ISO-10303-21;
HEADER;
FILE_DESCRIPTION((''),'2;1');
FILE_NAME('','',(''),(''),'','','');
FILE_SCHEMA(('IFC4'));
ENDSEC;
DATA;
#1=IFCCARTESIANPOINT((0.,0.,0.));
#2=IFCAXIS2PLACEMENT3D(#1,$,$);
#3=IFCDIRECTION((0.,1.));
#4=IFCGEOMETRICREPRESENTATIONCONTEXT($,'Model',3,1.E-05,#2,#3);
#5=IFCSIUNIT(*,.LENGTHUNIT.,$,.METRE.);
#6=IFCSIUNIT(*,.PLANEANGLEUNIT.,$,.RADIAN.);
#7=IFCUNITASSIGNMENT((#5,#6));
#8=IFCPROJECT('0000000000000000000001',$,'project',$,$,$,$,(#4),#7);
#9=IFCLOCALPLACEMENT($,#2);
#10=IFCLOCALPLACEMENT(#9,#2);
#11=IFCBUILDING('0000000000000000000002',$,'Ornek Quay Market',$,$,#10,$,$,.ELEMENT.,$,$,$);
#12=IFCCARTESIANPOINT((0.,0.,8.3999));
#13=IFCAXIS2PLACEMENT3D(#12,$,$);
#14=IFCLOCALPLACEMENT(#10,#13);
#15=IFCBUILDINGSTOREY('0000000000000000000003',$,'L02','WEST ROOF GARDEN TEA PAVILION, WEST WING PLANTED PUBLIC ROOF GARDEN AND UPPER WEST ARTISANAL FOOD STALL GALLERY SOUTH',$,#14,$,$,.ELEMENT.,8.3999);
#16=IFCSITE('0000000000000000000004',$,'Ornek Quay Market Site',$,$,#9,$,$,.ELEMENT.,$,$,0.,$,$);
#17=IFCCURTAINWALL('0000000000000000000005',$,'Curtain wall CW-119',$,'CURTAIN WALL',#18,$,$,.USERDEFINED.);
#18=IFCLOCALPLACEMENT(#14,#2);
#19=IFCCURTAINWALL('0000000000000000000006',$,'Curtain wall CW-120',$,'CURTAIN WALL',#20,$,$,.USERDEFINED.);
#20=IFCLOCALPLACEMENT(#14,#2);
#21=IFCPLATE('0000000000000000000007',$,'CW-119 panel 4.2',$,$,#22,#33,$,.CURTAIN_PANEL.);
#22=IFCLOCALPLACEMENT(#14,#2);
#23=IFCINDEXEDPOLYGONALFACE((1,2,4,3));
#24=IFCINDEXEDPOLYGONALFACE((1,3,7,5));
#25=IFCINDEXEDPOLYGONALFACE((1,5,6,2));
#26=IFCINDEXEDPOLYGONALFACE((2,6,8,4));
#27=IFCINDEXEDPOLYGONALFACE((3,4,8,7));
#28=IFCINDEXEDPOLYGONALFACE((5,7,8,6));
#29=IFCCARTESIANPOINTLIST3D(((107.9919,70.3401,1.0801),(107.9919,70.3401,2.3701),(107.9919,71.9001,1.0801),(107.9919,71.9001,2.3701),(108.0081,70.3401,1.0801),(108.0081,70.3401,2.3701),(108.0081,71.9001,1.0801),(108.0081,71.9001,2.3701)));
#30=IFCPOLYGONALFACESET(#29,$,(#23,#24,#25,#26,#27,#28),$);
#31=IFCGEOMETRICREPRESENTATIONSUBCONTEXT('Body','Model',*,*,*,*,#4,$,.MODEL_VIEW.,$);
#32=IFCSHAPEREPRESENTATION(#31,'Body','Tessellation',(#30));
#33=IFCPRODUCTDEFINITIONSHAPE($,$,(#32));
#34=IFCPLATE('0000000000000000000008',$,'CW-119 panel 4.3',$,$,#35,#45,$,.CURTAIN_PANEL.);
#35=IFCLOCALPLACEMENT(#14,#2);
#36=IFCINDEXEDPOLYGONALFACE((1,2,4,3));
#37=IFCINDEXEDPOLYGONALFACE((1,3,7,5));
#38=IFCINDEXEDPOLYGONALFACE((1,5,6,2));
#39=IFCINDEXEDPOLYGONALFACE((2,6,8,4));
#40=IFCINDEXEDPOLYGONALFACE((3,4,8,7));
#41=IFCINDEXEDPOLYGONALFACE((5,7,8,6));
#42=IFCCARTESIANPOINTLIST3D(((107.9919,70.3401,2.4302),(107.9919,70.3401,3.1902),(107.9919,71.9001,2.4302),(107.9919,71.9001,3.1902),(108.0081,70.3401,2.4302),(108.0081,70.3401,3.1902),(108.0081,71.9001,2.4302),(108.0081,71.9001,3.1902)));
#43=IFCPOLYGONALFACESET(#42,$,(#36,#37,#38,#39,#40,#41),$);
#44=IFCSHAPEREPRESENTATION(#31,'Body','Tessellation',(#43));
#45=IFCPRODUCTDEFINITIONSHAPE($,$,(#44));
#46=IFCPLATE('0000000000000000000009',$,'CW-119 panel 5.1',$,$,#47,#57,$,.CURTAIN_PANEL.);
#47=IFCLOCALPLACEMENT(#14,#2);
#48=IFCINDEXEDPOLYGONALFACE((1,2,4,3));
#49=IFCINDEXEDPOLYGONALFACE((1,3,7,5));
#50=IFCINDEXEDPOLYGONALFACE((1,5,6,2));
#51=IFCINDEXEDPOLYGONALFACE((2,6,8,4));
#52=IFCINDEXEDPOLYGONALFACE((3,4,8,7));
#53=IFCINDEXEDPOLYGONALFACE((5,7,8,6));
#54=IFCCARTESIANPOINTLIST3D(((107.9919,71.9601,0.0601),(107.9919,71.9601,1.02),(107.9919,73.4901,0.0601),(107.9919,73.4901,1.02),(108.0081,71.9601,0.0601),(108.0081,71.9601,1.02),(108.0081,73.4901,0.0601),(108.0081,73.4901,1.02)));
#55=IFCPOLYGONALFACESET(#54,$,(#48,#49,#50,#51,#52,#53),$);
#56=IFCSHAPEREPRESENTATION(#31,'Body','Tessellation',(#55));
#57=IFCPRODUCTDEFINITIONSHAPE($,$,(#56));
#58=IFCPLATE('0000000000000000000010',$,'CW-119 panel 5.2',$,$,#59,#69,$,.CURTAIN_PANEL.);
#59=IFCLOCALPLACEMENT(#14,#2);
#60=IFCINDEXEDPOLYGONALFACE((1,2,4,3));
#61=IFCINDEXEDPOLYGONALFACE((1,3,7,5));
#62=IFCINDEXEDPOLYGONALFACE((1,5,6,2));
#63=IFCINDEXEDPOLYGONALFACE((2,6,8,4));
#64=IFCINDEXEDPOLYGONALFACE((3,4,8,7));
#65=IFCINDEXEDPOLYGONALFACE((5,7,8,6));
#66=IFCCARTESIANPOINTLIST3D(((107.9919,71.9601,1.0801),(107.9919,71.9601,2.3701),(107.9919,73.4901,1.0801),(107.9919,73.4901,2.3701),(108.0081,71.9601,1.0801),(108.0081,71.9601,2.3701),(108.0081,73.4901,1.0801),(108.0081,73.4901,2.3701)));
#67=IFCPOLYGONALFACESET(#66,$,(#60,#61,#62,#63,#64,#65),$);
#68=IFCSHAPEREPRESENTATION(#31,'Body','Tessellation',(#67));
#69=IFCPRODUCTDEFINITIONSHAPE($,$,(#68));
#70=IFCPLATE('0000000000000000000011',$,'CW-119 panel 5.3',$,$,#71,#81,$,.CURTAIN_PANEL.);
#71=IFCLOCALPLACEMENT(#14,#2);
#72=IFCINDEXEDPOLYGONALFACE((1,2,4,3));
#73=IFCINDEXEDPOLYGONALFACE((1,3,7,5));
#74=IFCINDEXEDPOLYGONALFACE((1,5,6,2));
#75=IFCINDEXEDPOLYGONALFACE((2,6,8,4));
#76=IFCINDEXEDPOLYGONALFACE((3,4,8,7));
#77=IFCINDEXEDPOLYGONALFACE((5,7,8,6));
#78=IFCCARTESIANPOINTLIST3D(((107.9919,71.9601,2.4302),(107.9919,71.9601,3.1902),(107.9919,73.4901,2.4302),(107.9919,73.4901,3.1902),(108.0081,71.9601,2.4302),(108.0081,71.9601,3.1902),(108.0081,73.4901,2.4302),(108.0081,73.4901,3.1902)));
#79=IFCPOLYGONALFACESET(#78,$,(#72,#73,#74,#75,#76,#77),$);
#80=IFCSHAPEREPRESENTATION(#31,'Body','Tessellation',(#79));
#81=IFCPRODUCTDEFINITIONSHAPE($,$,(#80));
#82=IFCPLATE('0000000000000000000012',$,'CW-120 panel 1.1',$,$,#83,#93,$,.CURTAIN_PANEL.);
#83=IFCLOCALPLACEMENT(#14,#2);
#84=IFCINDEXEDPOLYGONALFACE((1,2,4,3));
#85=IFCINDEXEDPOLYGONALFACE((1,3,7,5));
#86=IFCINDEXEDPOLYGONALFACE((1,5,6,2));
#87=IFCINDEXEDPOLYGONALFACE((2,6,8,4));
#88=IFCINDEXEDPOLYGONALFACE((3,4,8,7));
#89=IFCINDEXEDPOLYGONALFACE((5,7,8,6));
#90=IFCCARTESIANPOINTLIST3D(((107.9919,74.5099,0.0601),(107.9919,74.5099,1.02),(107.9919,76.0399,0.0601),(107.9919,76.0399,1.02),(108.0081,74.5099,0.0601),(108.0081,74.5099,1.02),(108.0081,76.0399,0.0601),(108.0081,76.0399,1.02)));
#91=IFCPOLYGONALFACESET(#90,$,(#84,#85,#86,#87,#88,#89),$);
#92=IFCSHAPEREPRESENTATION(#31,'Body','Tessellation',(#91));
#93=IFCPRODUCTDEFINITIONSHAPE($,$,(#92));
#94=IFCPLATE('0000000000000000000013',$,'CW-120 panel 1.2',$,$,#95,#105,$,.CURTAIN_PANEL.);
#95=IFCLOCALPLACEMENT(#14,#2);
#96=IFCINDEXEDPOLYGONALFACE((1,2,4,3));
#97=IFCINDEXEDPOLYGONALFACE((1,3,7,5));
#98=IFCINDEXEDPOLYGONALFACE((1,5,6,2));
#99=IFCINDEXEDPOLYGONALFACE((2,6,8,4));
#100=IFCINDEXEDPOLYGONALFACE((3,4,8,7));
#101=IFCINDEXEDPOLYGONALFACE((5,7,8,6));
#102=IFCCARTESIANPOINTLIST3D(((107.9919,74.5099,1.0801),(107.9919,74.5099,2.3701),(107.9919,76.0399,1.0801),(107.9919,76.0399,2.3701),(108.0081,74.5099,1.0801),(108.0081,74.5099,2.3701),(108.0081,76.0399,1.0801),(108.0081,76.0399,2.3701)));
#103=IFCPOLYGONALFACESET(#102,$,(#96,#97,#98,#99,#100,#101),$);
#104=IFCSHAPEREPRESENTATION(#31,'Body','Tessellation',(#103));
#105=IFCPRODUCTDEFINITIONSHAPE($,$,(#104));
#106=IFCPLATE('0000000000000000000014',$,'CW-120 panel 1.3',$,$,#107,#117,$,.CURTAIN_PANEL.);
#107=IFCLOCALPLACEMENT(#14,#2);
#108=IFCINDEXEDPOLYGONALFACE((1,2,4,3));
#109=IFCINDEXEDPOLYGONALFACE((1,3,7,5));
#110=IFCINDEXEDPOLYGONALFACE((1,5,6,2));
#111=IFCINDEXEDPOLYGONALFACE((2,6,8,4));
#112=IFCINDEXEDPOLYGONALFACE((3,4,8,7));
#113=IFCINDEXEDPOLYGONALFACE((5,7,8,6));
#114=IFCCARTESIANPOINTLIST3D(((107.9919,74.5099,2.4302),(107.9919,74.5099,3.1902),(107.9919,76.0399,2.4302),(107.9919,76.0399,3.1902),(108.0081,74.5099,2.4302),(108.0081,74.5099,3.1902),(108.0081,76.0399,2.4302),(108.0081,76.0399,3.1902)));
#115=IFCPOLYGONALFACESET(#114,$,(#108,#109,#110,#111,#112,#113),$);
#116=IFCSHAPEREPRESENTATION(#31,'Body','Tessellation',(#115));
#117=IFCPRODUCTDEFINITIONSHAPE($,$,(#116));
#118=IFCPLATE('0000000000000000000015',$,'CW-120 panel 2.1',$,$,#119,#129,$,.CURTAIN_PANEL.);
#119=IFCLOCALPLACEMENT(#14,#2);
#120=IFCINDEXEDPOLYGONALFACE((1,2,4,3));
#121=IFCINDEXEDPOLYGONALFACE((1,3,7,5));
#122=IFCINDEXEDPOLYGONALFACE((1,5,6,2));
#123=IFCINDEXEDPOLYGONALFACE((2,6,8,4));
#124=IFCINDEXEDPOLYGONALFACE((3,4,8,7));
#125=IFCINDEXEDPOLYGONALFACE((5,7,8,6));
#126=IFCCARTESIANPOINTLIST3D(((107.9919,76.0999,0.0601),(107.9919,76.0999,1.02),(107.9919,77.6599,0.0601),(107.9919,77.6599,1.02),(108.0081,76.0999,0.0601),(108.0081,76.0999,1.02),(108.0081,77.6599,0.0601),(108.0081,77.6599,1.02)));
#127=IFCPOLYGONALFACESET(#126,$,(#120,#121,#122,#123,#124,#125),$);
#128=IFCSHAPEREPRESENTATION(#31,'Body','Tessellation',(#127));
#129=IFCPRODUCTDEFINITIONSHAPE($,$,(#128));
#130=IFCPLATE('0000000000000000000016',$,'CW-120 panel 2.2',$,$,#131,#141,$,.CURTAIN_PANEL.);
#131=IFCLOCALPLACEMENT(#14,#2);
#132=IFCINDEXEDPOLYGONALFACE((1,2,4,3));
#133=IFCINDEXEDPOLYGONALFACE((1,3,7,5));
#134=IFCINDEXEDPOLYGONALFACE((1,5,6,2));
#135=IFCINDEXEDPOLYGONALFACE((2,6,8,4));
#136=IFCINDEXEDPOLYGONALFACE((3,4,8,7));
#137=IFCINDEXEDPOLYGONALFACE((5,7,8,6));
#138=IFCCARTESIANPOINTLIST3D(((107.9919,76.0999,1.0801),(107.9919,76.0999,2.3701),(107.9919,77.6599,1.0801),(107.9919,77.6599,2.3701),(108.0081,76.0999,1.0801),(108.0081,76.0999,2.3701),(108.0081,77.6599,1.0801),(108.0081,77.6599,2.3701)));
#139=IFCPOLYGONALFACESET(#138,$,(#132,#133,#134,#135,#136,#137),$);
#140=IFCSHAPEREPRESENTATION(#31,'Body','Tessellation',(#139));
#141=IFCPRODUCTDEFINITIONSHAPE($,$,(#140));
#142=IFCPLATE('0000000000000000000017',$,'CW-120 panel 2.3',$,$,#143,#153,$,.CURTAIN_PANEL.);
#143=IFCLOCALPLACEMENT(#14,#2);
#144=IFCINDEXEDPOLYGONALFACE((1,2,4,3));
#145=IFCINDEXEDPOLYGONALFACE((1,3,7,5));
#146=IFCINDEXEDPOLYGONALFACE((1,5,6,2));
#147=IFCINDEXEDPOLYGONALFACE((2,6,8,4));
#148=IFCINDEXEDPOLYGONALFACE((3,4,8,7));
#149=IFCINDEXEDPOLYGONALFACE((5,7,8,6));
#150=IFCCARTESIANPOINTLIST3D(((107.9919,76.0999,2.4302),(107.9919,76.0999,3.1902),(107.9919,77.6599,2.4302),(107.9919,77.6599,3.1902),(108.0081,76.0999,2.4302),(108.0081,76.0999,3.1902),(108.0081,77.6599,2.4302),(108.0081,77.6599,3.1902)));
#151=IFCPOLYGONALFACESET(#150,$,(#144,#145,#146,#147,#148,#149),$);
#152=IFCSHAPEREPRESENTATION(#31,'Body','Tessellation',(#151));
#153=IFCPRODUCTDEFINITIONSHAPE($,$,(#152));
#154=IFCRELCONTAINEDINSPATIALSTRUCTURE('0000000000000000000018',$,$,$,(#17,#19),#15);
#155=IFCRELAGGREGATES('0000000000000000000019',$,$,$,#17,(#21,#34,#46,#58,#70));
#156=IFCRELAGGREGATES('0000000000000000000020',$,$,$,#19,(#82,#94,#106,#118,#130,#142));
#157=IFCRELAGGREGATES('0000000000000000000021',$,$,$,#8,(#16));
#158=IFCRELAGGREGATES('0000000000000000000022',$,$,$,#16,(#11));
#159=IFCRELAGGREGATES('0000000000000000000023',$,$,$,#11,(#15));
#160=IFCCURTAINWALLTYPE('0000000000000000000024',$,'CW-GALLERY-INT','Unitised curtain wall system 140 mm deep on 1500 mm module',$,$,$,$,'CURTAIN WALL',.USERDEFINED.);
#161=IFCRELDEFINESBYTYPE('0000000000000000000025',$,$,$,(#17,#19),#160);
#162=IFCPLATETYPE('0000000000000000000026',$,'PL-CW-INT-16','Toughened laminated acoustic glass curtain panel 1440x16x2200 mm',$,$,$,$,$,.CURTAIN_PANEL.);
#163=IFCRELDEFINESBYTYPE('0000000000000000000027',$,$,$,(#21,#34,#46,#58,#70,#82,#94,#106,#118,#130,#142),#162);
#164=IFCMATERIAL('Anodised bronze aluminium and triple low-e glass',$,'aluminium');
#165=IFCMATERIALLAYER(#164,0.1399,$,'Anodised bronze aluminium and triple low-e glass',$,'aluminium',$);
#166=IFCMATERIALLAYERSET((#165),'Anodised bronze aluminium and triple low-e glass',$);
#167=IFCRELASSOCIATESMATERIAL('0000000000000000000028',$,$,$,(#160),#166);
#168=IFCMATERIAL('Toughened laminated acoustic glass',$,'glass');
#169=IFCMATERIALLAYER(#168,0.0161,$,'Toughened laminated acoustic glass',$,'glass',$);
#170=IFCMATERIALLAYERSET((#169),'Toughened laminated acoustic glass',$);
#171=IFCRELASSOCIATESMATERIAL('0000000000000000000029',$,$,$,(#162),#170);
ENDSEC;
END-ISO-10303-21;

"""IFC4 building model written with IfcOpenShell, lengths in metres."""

from ifc_helpers import new_model, si_unit, direction, frame, origin, origin_2d, place, context, subcontext, project, spatial, rectangle, extrude, material, layer, layer_set, type_object, element, aggregate, save


model = new_model("IFC4")

# Units and contexts
model_context = context("Model", 3, precision=1e-05, world=origin(), true_north=direction((0.0, 1.0)))
body_context = subcontext(model_context, "Body", "Model", "MODEL_VIEW")
ifc_project = project(units=[si_unit("LENGTHUNIT", "METRE"), si_unit("PLANEANGLEUNIT", "RADIAN")], contexts=[model_context])

# Site, building, storey
site_placement = place(None, origin())
site = spatial("IfcSite", under=ifc_project, at=site_placement, Name="Ornek Quay Market Site", CompositionType="ELEMENT", RefElevation=0.0)
building_placement = place(site_placement, origin())
building = spatial("IfcBuilding", under=site, at=building_placement, Name="Ornek Quay Market", CompositionType="ELEMENT")
storey_placement = place(building_placement, frame((0.0, 0.0, 8.3999)))
storey = spatial("IfcBuildingStorey", under=building, at=storey_placement, Name="L02", Description="WEST ROOF GARDEN TEA PAVILION, WEST WING PLANTED PUBLIC ROOF GARDEN AND UPPER WEST ARTISANAL FOOD STALL GALLERY SOUTH", CompositionType="ELEMENT", Elevation=8.3999)

# Curtain walls
ifc_material_1 = material(Name="Anodised bronze aluminium and triple low-e glass", Category="aluminium")
ifc_layer_1 = layer(ifc_material_1, 0.1399, Name="Anodised bronze aluminium and triple low-e glass", Category="aluminium")
ifc_layer_set_1 = layer_set([ifc_layer_1], Name="Anodised bronze aluminium and triple low-e glass")
curtain_wall_type = type_object("IfcCurtainWallType", Name="CW-GALLERY-INT", Description="Unitised curtain wall system 140 mm deep on 1500 mm module", ElementType="CURTAIN WALL", PredefinedType="USERDEFINED", material=ifc_layer_set_1)
curtain_wall_1_placement = place(storey_placement, origin())
curtain_wall_1 = element("IfcCurtainWall", 1, at=curtain_wall_1_placement, inside=storey, type_object=curtain_wall_type, Name="Curtain wall CW-119", ObjectType="CURTAIN WALL", PredefinedType="USERDEFINED")
curtain_wall_2_placement = place(storey_placement, origin())
curtain_wall_2 = element("IfcCurtainWall", 2, at=curtain_wall_2_placement, inside=storey, type_object=curtain_wall_type, Name="Curtain wall CW-120", ObjectType="CURTAIN WALL", PredefinedType="USERDEFINED")

# Plates
ifc_material_2 = material(Name="Toughened laminated acoustic glass", Category="glass")
ifc_layer_2 = layer(ifc_material_2, 0.0161, Name="Toughened laminated acoustic glass", Category="glass")
ifc_layer_set_2 = layer_set([ifc_layer_2], Name="Toughened laminated acoustic glass")
plate_type = type_object("IfcPlateType", Name="PL-CW-INT-16", Description="Toughened laminated acoustic glass curtain panel 1440x16x2200 mm", PredefinedType="CURTAIN_PANEL", material=ifc_layer_set_2)
plate_1_placement = place(storey_placement, frame((108.0, 71.1201, 1.0801), z_axis=(0.0, 0.0, 1.0), x_axis=(0.0, 1.0, 0.0)))
plate_1 = element("IfcPlate", 3, at=plate_1_placement, type_object=plate_type, Name="CW-119 panel 4.2", PredefinedType="CURTAIN_PANEL", context=body_context, shape_type="SweptSolid", body=[
    extrude(rectangle(XDim=1.5601, YDim=0.0161, at=origin_2d()), origin(), (0.0, 0.0, 1.0), 1.29),
])
plate_2_placement = place(storey_placement, frame((108.0, 71.1201, 2.4302), z_axis=(0.0, 0.0, 1.0), x_axis=(0.0, 1.0, 0.0)))
plate_2 = element("IfcPlate", 4, at=plate_2_placement, type_object=plate_type, Name="CW-119 panel 4.3", PredefinedType="CURTAIN_PANEL", context=body_context, shape_type="SweptSolid", body=[
    extrude(rectangle(XDim=1.5601, YDim=0.0161, at=origin_2d()), origin(), (0.0, 0.0, 1.0), 0.76),
])
plate_3_placement = place(storey_placement, frame((108.0, 72.7251, 0.0601), z_axis=(0.0, 0.0, 1.0), x_axis=(0.0, 1.0, 0.0)))
plate_3 = element("IfcPlate", 5, at=plate_3_placement, type_object=plate_type, Name="CW-119 panel 5.1", PredefinedType="CURTAIN_PANEL", context=body_context, shape_type="SweptSolid", body=[
    extrude(rectangle(XDim=1.53, YDim=0.0161, at=origin_2d()), origin(), (0.0, 0.0, 1.0), 0.96),
])
plate_4_placement = place(storey_placement, frame((108.0, 72.7251, 1.0801), z_axis=(0.0, 0.0, 1.0), x_axis=(0.0, 1.0, 0.0)))
plate_4 = element("IfcPlate", 6, at=plate_4_placement, type_object=plate_type, Name="CW-119 panel 5.2", PredefinedType="CURTAIN_PANEL", context=body_context, shape_type="SweptSolid", body=[
    extrude(rectangle(XDim=1.53, YDim=0.0161, at=origin_2d()), origin(), (0.0, 0.0, 1.0), 1.29),
])
plate_5_placement = place(storey_placement, frame((108.0, 72.7251, 2.4302), z_axis=(0.0, 0.0, 1.0), x_axis=(0.0, 1.0, 0.0)))
plate_5 = element("IfcPlate", 7, at=plate_5_placement, type_object=plate_type, Name="CW-119 panel 5.3", PredefinedType="CURTAIN_PANEL", context=body_context, shape_type="SweptSolid", body=[
    extrude(rectangle(XDim=1.53, YDim=0.0161, at=origin_2d()), origin(), (0.0, 0.0, 1.0), 0.76),
])
aggregate(curtain_wall_1, [plate_1, plate_2, plate_3, plate_4, plate_5])
plate_6_placement = place(storey_placement, frame((108.0, 75.2749, 0.0601), z_axis=(0.0, 0.0, 1.0), x_axis=(0.0, 1.0, 0.0)))
plate_6 = element("IfcPlate", 8, at=plate_6_placement, type_object=plate_type, Name="CW-120 panel 1.1", PredefinedType="CURTAIN_PANEL", context=body_context, shape_type="SweptSolid", body=[
    extrude(rectangle(XDim=1.53, YDim=0.0161, at=origin_2d()), origin(), (0.0, 0.0, 1.0), 0.96),
])
plate_7_placement = place(storey_placement, frame((108.0, 75.2749, 1.0801), z_axis=(0.0, 0.0, 1.0), x_axis=(0.0, 1.0, 0.0)))
plate_7 = element("IfcPlate", 9, at=plate_7_placement, type_object=plate_type, Name="CW-120 panel 1.2", PredefinedType="CURTAIN_PANEL", context=body_context, shape_type="SweptSolid", body=[
    extrude(rectangle(XDim=1.53, YDim=0.0161, at=origin_2d()), origin(), (0.0, 0.0, 1.0), 1.29),
])
plate_8_placement = place(storey_placement, frame((108.0, 75.2749, 2.4302), z_axis=(0.0, 0.0, 1.0), x_axis=(0.0, 1.0, 0.0)))
plate_8 = element("IfcPlate", 10, at=plate_8_placement, type_object=plate_type, Name="CW-120 panel 1.3", PredefinedType="CURTAIN_PANEL", context=body_context, shape_type="SweptSolid", body=[
    extrude(rectangle(XDim=1.53, YDim=0.0161, at=origin_2d()), origin(), (0.0, 0.0, 1.0), 0.76),
])
plate_9_placement = place(storey_placement, frame((108.0, 76.8799, 0.0601), z_axis=(0.0, 0.0, 1.0), x_axis=(0.0, 1.0, 0.0)))
plate_9 = element("IfcPlate", 11, at=plate_9_placement, type_object=plate_type, Name="CW-120 panel 2.1", PredefinedType="CURTAIN_PANEL", context=body_context, shape_type="SweptSolid", body=[
    extrude(rectangle(XDim=1.5601, YDim=0.0161, at=origin_2d()), origin(), (0.0, 0.0, 1.0), 0.96),
])
plate_10_placement = place(storey_placement, frame((108.0, 76.8799, 1.0801), z_axis=(0.0, 0.0, 1.0), x_axis=(0.0, 1.0, 0.0)))
plate_10 = element("IfcPlate", 12, at=plate_10_placement, type_object=plate_type, Name="CW-120 panel 2.2", PredefinedType="CURTAIN_PANEL", context=body_context, shape_type="SweptSolid", body=[
    extrude(rectangle(XDim=1.5601, YDim=0.0161, at=origin_2d()), origin(), (0.0, 0.0, 1.0), 1.29),
])
plate_11_placement = place(storey_placement, frame((108.0, 76.8799, 2.4302), z_axis=(0.0, 0.0, 1.0), x_axis=(0.0, 1.0, 0.0)))
plate_11 = element("IfcPlate", 13, at=plate_11_placement, type_object=plate_type, Name="CW-120 panel 2.3", PredefinedType="CURTAIN_PANEL", context=body_context, shape_type="SweptSolid", body=[
    extrude(rectangle(XDim=1.5601, YDim=0.0161, at=origin_2d()), origin(), (0.0, 0.0, 1.0), 0.76),
])
aggregate(curtain_wall_2, [plate_6, plate_7, plate_8, plate_9, plate_10, plate_11])

save(model, "model.ifc")
